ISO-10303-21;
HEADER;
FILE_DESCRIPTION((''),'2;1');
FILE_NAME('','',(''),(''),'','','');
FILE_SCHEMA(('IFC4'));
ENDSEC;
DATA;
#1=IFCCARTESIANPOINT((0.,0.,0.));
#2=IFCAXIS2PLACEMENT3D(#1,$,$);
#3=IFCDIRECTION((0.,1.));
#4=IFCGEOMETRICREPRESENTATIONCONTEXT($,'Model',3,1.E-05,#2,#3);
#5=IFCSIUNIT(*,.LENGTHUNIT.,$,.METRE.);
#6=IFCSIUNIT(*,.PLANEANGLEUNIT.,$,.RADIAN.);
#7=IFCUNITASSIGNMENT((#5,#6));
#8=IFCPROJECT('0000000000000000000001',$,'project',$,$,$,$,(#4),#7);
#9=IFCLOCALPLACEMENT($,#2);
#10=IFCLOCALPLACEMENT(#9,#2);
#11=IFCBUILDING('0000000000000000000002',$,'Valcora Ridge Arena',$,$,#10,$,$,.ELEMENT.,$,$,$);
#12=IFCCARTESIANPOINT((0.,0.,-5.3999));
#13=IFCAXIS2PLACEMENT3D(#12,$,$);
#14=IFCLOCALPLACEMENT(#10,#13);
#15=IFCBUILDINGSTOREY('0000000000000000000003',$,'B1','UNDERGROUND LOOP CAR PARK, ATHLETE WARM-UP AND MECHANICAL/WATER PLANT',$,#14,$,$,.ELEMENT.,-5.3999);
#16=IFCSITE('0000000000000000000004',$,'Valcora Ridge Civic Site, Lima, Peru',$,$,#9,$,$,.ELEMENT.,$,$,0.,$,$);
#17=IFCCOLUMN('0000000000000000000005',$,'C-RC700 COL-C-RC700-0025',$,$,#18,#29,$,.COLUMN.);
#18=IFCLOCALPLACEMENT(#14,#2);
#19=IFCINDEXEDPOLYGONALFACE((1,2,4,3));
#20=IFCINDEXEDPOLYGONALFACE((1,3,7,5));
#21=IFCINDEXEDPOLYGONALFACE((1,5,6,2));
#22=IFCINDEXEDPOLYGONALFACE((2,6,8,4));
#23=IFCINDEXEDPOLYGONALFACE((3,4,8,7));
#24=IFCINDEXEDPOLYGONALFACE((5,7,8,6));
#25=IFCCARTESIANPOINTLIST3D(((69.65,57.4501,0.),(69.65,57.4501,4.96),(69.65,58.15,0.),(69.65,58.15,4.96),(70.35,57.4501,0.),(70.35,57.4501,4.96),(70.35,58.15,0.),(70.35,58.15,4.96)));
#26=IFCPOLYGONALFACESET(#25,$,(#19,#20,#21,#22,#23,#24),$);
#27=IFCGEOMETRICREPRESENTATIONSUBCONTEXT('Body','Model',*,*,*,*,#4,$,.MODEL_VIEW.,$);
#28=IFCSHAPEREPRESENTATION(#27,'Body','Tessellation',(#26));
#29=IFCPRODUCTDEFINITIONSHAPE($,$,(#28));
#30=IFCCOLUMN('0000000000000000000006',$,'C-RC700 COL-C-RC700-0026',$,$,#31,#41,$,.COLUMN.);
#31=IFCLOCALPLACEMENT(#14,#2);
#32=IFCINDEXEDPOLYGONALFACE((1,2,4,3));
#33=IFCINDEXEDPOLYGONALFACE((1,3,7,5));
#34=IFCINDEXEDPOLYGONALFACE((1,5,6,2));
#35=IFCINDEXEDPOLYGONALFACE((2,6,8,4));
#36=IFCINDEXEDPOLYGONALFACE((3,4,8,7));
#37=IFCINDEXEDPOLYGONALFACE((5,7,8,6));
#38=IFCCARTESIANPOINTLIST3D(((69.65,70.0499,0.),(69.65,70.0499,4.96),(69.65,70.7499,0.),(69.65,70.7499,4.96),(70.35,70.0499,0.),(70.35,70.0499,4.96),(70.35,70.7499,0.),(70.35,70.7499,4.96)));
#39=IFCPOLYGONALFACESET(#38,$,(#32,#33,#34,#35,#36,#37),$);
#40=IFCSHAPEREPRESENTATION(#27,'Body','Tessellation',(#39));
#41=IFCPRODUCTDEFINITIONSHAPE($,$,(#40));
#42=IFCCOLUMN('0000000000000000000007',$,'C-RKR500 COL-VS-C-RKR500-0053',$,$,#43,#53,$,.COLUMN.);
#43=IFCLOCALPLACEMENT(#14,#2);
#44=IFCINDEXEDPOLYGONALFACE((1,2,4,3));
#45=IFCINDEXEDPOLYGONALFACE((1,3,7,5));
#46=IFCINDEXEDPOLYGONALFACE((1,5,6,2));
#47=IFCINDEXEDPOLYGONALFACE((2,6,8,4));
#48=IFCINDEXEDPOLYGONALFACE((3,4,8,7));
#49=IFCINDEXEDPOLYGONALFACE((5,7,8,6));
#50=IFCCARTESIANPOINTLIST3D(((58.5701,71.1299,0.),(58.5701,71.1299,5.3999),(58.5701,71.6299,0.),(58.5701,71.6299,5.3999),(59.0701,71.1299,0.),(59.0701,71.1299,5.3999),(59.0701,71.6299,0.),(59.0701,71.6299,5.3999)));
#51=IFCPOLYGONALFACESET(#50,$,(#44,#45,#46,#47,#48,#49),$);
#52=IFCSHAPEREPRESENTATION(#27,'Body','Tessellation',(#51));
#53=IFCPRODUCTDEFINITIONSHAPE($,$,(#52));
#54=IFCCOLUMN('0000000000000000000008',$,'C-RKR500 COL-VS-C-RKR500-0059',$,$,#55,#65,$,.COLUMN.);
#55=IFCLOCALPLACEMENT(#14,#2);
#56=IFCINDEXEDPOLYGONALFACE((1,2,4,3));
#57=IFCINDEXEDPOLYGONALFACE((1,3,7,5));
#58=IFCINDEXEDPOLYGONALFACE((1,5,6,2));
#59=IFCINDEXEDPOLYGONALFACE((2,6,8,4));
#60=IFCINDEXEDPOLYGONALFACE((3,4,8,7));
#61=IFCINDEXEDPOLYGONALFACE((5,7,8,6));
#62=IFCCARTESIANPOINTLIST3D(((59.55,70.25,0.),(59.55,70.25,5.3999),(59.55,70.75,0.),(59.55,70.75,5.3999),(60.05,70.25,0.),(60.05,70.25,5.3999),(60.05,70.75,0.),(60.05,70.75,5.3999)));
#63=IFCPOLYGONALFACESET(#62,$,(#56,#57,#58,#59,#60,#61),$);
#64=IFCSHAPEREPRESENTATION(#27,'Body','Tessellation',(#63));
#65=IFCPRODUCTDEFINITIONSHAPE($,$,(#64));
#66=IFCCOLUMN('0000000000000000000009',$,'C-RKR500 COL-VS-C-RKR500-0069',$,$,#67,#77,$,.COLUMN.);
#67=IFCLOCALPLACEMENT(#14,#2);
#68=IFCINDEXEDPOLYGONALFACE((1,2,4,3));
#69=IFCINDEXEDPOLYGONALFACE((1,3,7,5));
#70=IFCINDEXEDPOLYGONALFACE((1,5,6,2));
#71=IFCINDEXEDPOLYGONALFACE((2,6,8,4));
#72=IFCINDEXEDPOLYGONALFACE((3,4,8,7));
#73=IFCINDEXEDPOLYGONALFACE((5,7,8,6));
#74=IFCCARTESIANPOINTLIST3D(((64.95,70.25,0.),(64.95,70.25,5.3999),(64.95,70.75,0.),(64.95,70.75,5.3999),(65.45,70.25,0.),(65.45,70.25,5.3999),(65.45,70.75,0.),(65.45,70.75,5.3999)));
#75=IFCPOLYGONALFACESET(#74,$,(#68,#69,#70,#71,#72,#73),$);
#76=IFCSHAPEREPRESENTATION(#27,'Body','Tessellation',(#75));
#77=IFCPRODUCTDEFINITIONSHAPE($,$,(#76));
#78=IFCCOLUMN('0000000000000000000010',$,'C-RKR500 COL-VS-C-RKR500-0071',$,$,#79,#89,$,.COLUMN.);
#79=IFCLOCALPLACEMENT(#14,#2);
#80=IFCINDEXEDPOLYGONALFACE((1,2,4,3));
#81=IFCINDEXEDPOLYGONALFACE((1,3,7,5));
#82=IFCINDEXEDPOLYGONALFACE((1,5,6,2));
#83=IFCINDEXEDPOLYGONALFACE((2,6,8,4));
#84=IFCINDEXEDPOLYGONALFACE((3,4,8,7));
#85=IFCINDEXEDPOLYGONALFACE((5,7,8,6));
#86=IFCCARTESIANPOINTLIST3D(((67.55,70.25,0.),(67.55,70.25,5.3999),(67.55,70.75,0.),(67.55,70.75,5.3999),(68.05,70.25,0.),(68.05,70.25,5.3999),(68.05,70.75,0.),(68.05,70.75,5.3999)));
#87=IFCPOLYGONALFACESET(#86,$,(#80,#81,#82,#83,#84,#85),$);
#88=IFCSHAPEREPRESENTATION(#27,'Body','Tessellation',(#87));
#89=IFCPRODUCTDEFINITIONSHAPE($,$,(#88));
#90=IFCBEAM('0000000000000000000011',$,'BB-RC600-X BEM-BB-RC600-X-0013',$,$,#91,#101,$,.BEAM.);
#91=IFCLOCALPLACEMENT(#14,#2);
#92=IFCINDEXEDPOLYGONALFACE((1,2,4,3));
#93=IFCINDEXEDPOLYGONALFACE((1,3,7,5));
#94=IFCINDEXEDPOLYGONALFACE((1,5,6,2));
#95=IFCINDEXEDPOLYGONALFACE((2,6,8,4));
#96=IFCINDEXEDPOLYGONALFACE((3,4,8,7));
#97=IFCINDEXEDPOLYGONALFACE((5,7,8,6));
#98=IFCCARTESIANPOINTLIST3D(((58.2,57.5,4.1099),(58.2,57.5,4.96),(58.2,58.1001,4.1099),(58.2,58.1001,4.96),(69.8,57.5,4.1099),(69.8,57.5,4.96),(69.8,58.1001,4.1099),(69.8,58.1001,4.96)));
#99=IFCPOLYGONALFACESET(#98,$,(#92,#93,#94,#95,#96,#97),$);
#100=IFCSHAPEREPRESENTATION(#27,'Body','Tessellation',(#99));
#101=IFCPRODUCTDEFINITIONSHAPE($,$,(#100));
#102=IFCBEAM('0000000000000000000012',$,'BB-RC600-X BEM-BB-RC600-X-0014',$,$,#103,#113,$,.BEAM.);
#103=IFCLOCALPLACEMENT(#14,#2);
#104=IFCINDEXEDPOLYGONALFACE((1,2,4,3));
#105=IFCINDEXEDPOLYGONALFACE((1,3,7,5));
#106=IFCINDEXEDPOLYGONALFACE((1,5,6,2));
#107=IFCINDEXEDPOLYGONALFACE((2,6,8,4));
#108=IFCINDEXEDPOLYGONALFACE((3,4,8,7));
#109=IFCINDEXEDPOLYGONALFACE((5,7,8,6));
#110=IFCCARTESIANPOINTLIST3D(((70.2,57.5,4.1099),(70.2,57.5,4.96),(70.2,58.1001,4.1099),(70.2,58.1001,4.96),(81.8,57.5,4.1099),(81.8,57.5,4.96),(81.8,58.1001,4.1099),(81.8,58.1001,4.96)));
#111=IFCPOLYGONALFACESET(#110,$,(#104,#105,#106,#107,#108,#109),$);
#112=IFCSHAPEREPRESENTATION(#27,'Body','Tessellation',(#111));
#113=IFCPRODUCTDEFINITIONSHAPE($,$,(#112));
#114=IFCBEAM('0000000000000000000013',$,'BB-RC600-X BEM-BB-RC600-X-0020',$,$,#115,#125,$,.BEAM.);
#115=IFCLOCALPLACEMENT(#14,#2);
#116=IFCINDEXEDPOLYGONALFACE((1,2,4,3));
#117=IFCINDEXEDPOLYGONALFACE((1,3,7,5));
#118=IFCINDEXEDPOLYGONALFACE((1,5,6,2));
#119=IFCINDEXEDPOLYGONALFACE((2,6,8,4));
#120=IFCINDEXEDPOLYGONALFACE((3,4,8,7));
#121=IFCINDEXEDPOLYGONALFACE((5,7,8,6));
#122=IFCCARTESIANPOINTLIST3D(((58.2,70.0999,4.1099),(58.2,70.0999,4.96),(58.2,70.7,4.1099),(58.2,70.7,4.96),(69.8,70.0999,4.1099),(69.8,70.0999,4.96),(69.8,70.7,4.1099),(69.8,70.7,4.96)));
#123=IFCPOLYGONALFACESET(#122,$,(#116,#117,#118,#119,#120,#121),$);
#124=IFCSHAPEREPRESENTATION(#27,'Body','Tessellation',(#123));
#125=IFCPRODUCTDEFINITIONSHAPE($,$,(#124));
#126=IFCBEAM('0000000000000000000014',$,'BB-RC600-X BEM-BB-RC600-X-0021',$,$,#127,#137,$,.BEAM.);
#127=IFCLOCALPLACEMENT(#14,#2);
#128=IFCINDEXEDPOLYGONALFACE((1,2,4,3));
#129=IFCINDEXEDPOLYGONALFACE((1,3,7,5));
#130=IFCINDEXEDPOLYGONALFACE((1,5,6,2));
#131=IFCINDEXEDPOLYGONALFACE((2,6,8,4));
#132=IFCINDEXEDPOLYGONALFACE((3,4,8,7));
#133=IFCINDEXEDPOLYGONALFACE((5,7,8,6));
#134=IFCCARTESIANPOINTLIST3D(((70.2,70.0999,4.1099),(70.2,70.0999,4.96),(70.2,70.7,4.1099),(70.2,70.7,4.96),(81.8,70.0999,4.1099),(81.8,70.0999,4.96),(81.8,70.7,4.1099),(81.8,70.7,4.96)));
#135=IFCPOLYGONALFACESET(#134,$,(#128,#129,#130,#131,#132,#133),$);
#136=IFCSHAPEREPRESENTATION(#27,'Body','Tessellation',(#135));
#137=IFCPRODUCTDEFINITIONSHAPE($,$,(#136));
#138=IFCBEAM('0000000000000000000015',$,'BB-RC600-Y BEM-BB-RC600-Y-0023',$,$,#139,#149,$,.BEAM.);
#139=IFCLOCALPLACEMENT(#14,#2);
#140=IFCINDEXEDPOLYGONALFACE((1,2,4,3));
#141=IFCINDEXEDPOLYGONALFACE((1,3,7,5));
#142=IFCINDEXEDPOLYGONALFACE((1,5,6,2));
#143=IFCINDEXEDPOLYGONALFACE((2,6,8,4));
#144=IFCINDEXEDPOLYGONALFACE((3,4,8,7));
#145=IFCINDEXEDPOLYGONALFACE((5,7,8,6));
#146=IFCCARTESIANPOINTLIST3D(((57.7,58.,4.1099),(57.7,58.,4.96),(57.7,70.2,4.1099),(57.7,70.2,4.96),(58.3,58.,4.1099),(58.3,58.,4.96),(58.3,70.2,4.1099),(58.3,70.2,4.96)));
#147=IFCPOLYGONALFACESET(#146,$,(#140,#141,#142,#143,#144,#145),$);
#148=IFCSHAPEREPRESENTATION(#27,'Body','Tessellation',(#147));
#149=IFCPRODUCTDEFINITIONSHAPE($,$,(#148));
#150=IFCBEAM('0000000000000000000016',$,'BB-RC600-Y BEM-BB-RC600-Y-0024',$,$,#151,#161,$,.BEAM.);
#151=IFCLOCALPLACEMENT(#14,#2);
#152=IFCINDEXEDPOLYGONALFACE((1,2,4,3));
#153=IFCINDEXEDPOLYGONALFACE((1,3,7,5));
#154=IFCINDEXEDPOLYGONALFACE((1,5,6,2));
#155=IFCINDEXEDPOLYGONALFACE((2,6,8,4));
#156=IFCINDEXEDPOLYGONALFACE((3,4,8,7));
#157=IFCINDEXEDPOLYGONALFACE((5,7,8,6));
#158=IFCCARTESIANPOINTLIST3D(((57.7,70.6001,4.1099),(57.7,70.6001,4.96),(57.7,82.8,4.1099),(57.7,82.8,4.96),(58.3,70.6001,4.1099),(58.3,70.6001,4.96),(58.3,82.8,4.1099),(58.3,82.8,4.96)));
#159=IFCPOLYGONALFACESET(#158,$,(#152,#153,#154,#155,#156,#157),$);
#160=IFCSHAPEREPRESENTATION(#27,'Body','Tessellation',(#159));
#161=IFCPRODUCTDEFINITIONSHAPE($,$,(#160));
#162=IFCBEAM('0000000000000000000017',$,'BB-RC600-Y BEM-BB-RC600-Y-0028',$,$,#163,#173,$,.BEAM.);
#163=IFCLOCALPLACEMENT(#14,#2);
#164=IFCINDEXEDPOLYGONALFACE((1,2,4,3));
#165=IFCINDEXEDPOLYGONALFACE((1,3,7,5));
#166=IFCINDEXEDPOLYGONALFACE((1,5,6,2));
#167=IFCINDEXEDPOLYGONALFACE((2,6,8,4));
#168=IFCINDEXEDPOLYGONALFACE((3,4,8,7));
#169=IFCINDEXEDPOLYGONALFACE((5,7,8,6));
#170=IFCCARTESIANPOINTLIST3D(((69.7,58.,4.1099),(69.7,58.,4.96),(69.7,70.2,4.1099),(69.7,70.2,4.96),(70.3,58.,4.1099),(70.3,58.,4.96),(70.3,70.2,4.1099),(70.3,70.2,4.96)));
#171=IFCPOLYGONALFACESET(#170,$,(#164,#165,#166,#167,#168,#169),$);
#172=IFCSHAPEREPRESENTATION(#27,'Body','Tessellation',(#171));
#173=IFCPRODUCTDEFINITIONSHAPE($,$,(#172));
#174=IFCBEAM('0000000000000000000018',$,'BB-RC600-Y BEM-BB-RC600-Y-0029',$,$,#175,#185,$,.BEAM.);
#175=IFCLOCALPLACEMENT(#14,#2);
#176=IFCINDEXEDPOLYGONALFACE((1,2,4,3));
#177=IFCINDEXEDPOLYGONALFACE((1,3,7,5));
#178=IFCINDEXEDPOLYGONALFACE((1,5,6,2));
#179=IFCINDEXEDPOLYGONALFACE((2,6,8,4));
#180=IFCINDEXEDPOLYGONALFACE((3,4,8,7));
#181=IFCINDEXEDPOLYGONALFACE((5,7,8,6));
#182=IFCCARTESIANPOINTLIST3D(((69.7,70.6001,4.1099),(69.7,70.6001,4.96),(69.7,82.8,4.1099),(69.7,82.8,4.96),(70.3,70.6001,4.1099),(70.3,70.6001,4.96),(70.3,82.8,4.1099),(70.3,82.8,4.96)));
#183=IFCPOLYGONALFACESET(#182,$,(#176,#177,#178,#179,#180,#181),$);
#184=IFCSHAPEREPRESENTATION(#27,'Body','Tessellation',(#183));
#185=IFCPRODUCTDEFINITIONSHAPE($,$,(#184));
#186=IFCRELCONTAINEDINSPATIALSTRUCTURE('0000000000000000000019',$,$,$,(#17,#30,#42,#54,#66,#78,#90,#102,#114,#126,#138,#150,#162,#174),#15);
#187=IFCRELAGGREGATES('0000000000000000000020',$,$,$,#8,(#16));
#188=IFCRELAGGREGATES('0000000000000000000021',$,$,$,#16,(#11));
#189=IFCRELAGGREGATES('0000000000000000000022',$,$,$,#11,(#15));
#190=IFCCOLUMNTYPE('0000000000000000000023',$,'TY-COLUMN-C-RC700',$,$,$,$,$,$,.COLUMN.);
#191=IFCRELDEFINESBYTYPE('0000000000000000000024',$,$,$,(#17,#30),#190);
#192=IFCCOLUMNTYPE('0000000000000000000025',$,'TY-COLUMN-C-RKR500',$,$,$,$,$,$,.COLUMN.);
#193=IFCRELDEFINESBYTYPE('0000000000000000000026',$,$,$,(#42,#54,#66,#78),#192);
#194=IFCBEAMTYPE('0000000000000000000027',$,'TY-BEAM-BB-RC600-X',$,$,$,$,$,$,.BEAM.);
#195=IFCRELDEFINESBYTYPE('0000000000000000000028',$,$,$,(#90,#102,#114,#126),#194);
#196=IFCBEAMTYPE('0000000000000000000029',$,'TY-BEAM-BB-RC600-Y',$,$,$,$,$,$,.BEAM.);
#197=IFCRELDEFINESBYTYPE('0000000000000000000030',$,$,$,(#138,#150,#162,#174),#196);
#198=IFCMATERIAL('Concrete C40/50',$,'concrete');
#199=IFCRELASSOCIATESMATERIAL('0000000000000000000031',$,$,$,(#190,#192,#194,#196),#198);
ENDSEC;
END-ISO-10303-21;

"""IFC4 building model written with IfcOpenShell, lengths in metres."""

from ifc_helpers import new_model, si_unit, direction, frame, origin, origin_2d, place, context, subcontext, project, spatial, rectangle, extrude, material, material_profile, profile_set, type_object, element, save


model = new_model("IFC4")

# Units and contexts
model_context = context("Model", 3, precision=1e-05, world=origin(), true_north=direction((0.0, 1.0)))
body_context = subcontext(model_context, "Body", "Model", "MODEL_VIEW")
ifc_project = project(units=[si_unit("LENGTHUNIT", "METRE"), si_unit("PLANEANGLEUNIT", "RADIAN")], contexts=[model_context])

# Site, building, storey
site_placement = place(None, origin())
site = spatial("IfcSite", under=ifc_project, at=site_placement, Name="Valcora Ridge Civic Site, Lima, Peru", CompositionType="ELEMENT", RefElevation=0.0)
building_placement = place(site_placement, origin())
building = spatial("IfcBuilding", under=site, at=building_placement, Name="Valcora Ridge Arena", CompositionType="ELEMENT")
storey_placement = place(building_placement, frame((0.0, 0.0, -5.3999)))
storey = spatial("IfcBuildingStorey", under=building, at=storey_placement, Name="B1", Description="UNDERGROUND LOOP CAR PARK, ATHLETE WARM-UP AND MECHANICAL/WATER PLANT", CompositionType="ELEMENT", Elevation=-5.3999)

# Shared definitions
ifc_material_1 = material(Name="Concrete C40/50", Category="concrete")

# Columns
ifc_material_profile_1 = material_profile(ifc_material_1, rectangle(XDim=0.7, YDim=0.7, at=origin_2d()), Name="RC 700x700")
ifc_profile_set_1 = profile_set([ifc_material_profile_1], Name="Concrete C40/50")
column_type_1 = type_object("IfcColumnType", Name="TY-COLUMN-C-RC700", PredefinedType="COLUMN", material=ifc_profile_set_1)
for number, where, z_axis, x_axis, name in (
    (1, (70.0, 57.8, 0.0), (0.0, 0.0, 1.0), (1.0, 0.0, 0.0), "C-RC700 COL-C-RC700-0025"),
    (2, (70.0, 70.3999, 0.0), (0.0, 0.0, 1.0), (1.0, 0.0, 0.0), "C-RC700 COL-C-RC700-0026"),
):
    element("IfcColumn", number, at=place(storey_placement, frame(where, z_axis=z_axis, x_axis=x_axis)), inside=storey, type_object=column_type_1, Name=name, PredefinedType="COLUMN", context=body_context, shape_type="SweptSolid", body=[
        extrude(rectangle(XDim=0.7, YDim=0.7, at=origin_2d()), origin(), (0.0, 0.0, 1.0), 4.96),
    ])
ifc_material_profile_2 = material_profile(ifc_material_1, rectangle(XDim=0.5, YDim=0.5, at=origin_2d()), Name="RC 500x500")
ifc_profile_set_2 = profile_set([ifc_material_profile_2], Name="Concrete C40/50")
column_type_2 = type_object("IfcColumnType", Name="TY-COLUMN-C-RKR500", PredefinedType="COLUMN", material=ifc_profile_set_2)
for number, where, z_axis, x_axis, name in (
    (3, (58.8201, 71.3799, 0.0), (0.0, 0.0, 1.0), (1.0, 0.0, 0.0), "C-RKR500 COL-VS-C-RKR500-0053"),
    (4, (59.8, 70.5, 0.0), (0.0, 0.0, 1.0), (1.0, 0.0, 0.0), "C-RKR500 COL-VS-C-RKR500-0059"),
    (5, (65.2, 70.5, 0.0), (0.0, 0.0, 1.0), (1.0, 0.0, 0.0), "C-RKR500 COL-VS-C-RKR500-0069"),
    (6, (67.8, 70.5, 0.0), (0.0, 0.0, 1.0), (1.0, 0.0, 0.0), "C-RKR500 COL-VS-C-RKR500-0071"),
):
    element("IfcColumn", number, at=place(storey_placement, frame(where, z_axis=z_axis, x_axis=x_axis)), inside=storey, type_object=column_type_2, Name=name, PredefinedType="COLUMN", context=body_context, shape_type="SweptSolid", body=[
        extrude(rectangle(XDim=0.5, YDim=0.5, at=origin_2d()), origin(), (0.0, 0.0, 1.0), 5.3999),
    ])

# Beams
ifc_material_profile_3 = material_profile(ifc_material_1, rectangle(XDim=0.6001, YDim=0.8501, at=origin_2d()), Name="RC 600x850")
ifc_profile_set_3 = profile_set([ifc_material_profile_3], Name="Concrete C40/50")
beam_type_1 = type_object("IfcBeamType", Name="TY-BEAM-BB-RC600-X", PredefinedType="BEAM", material=ifc_profile_set_3)
for number, where, z_axis, x_axis, name in (
    (7, (58.2, 57.8, 4.5349), (1.0, 0.0, 0.0), (0.0, 1.0, 0.0), "BB-RC600-X BEM-BB-RC600-X-0013"),
    (8, (70.2, 57.8, 4.5349), (1.0, 0.0, 0.0), (0.0, 1.0, 0.0), "BB-RC600-X BEM-BB-RC600-X-0014"),
    (9, (58.2, 70.3999, 4.5349), (1.0, 0.0, 0.0), (0.0, 1.0, 0.0), "BB-RC600-X BEM-BB-RC600-X-0020"),
    (10, (70.2, 70.3999, 4.5349), (1.0, 0.0, 0.0), (0.0, 1.0, 0.0), "BB-RC600-X BEM-BB-RC600-X-0021"),
):
    element("IfcBeam", number, at=place(storey_placement, frame(where, z_axis=z_axis, x_axis=x_axis)), inside=storey, type_object=beam_type_1, Name=name, PredefinedType="BEAM", context=body_context, shape_type="SweptSolid", body=[
        extrude(rectangle(XDim=0.6001, YDim=0.8501, at=origin_2d()), origin(), (0.0, 0.0, 1.0), 11.6001),
    ])
ifc_material_profile_4 = material_profile(ifc_material_1, rectangle(XDim=0.6001, YDim=0.8501, at=origin_2d()), Name="RC 600x850")
ifc_profile_set_4 = profile_set([ifc_material_profile_4], Name="Concrete C40/50")
beam_type_2 = type_object("IfcBeamType", Name="TY-BEAM-BB-RC600-Y", PredefinedType="BEAM", material=ifc_profile_set_4)
for number, where, z_axis, x_axis, name in (
    (11, (58.0, 58.0, 4.5349), (0.0, 1.0, 0.0), (-1.0, 0.0, 0.0), "BB-RC600-Y BEM-BB-RC600-Y-0023"),
    (12, (58.0, 70.6001, 4.5349), (0.0, 1.0, 0.0), (-1.0, 0.0, 0.0), "BB-RC600-Y BEM-BB-RC600-Y-0024"),
    (13, (70.0, 58.0, 4.5349), (0.0, 1.0, 0.0), (-1.0, 0.0, 0.0), "BB-RC600-Y BEM-BB-RC600-Y-0028"),
    (14, (70.0, 70.6001, 4.5349), (0.0, 1.0, 0.0), (-1.0, 0.0, 0.0), "BB-RC600-Y BEM-BB-RC600-Y-0029"),
):
    element("IfcBeam", number, at=place(storey_placement, frame(where, z_axis=z_axis, x_axis=x_axis)), inside=storey, type_object=beam_type_2, Name=name, PredefinedType="BEAM", context=body_context, shape_type="SweptSolid", body=[
        extrude(rectangle(XDim=0.6001, YDim=0.8501, at=origin_2d()), origin(), (0.0, 0.0, 1.0), 12.2),
    ])

save(model, "model.ifc")
